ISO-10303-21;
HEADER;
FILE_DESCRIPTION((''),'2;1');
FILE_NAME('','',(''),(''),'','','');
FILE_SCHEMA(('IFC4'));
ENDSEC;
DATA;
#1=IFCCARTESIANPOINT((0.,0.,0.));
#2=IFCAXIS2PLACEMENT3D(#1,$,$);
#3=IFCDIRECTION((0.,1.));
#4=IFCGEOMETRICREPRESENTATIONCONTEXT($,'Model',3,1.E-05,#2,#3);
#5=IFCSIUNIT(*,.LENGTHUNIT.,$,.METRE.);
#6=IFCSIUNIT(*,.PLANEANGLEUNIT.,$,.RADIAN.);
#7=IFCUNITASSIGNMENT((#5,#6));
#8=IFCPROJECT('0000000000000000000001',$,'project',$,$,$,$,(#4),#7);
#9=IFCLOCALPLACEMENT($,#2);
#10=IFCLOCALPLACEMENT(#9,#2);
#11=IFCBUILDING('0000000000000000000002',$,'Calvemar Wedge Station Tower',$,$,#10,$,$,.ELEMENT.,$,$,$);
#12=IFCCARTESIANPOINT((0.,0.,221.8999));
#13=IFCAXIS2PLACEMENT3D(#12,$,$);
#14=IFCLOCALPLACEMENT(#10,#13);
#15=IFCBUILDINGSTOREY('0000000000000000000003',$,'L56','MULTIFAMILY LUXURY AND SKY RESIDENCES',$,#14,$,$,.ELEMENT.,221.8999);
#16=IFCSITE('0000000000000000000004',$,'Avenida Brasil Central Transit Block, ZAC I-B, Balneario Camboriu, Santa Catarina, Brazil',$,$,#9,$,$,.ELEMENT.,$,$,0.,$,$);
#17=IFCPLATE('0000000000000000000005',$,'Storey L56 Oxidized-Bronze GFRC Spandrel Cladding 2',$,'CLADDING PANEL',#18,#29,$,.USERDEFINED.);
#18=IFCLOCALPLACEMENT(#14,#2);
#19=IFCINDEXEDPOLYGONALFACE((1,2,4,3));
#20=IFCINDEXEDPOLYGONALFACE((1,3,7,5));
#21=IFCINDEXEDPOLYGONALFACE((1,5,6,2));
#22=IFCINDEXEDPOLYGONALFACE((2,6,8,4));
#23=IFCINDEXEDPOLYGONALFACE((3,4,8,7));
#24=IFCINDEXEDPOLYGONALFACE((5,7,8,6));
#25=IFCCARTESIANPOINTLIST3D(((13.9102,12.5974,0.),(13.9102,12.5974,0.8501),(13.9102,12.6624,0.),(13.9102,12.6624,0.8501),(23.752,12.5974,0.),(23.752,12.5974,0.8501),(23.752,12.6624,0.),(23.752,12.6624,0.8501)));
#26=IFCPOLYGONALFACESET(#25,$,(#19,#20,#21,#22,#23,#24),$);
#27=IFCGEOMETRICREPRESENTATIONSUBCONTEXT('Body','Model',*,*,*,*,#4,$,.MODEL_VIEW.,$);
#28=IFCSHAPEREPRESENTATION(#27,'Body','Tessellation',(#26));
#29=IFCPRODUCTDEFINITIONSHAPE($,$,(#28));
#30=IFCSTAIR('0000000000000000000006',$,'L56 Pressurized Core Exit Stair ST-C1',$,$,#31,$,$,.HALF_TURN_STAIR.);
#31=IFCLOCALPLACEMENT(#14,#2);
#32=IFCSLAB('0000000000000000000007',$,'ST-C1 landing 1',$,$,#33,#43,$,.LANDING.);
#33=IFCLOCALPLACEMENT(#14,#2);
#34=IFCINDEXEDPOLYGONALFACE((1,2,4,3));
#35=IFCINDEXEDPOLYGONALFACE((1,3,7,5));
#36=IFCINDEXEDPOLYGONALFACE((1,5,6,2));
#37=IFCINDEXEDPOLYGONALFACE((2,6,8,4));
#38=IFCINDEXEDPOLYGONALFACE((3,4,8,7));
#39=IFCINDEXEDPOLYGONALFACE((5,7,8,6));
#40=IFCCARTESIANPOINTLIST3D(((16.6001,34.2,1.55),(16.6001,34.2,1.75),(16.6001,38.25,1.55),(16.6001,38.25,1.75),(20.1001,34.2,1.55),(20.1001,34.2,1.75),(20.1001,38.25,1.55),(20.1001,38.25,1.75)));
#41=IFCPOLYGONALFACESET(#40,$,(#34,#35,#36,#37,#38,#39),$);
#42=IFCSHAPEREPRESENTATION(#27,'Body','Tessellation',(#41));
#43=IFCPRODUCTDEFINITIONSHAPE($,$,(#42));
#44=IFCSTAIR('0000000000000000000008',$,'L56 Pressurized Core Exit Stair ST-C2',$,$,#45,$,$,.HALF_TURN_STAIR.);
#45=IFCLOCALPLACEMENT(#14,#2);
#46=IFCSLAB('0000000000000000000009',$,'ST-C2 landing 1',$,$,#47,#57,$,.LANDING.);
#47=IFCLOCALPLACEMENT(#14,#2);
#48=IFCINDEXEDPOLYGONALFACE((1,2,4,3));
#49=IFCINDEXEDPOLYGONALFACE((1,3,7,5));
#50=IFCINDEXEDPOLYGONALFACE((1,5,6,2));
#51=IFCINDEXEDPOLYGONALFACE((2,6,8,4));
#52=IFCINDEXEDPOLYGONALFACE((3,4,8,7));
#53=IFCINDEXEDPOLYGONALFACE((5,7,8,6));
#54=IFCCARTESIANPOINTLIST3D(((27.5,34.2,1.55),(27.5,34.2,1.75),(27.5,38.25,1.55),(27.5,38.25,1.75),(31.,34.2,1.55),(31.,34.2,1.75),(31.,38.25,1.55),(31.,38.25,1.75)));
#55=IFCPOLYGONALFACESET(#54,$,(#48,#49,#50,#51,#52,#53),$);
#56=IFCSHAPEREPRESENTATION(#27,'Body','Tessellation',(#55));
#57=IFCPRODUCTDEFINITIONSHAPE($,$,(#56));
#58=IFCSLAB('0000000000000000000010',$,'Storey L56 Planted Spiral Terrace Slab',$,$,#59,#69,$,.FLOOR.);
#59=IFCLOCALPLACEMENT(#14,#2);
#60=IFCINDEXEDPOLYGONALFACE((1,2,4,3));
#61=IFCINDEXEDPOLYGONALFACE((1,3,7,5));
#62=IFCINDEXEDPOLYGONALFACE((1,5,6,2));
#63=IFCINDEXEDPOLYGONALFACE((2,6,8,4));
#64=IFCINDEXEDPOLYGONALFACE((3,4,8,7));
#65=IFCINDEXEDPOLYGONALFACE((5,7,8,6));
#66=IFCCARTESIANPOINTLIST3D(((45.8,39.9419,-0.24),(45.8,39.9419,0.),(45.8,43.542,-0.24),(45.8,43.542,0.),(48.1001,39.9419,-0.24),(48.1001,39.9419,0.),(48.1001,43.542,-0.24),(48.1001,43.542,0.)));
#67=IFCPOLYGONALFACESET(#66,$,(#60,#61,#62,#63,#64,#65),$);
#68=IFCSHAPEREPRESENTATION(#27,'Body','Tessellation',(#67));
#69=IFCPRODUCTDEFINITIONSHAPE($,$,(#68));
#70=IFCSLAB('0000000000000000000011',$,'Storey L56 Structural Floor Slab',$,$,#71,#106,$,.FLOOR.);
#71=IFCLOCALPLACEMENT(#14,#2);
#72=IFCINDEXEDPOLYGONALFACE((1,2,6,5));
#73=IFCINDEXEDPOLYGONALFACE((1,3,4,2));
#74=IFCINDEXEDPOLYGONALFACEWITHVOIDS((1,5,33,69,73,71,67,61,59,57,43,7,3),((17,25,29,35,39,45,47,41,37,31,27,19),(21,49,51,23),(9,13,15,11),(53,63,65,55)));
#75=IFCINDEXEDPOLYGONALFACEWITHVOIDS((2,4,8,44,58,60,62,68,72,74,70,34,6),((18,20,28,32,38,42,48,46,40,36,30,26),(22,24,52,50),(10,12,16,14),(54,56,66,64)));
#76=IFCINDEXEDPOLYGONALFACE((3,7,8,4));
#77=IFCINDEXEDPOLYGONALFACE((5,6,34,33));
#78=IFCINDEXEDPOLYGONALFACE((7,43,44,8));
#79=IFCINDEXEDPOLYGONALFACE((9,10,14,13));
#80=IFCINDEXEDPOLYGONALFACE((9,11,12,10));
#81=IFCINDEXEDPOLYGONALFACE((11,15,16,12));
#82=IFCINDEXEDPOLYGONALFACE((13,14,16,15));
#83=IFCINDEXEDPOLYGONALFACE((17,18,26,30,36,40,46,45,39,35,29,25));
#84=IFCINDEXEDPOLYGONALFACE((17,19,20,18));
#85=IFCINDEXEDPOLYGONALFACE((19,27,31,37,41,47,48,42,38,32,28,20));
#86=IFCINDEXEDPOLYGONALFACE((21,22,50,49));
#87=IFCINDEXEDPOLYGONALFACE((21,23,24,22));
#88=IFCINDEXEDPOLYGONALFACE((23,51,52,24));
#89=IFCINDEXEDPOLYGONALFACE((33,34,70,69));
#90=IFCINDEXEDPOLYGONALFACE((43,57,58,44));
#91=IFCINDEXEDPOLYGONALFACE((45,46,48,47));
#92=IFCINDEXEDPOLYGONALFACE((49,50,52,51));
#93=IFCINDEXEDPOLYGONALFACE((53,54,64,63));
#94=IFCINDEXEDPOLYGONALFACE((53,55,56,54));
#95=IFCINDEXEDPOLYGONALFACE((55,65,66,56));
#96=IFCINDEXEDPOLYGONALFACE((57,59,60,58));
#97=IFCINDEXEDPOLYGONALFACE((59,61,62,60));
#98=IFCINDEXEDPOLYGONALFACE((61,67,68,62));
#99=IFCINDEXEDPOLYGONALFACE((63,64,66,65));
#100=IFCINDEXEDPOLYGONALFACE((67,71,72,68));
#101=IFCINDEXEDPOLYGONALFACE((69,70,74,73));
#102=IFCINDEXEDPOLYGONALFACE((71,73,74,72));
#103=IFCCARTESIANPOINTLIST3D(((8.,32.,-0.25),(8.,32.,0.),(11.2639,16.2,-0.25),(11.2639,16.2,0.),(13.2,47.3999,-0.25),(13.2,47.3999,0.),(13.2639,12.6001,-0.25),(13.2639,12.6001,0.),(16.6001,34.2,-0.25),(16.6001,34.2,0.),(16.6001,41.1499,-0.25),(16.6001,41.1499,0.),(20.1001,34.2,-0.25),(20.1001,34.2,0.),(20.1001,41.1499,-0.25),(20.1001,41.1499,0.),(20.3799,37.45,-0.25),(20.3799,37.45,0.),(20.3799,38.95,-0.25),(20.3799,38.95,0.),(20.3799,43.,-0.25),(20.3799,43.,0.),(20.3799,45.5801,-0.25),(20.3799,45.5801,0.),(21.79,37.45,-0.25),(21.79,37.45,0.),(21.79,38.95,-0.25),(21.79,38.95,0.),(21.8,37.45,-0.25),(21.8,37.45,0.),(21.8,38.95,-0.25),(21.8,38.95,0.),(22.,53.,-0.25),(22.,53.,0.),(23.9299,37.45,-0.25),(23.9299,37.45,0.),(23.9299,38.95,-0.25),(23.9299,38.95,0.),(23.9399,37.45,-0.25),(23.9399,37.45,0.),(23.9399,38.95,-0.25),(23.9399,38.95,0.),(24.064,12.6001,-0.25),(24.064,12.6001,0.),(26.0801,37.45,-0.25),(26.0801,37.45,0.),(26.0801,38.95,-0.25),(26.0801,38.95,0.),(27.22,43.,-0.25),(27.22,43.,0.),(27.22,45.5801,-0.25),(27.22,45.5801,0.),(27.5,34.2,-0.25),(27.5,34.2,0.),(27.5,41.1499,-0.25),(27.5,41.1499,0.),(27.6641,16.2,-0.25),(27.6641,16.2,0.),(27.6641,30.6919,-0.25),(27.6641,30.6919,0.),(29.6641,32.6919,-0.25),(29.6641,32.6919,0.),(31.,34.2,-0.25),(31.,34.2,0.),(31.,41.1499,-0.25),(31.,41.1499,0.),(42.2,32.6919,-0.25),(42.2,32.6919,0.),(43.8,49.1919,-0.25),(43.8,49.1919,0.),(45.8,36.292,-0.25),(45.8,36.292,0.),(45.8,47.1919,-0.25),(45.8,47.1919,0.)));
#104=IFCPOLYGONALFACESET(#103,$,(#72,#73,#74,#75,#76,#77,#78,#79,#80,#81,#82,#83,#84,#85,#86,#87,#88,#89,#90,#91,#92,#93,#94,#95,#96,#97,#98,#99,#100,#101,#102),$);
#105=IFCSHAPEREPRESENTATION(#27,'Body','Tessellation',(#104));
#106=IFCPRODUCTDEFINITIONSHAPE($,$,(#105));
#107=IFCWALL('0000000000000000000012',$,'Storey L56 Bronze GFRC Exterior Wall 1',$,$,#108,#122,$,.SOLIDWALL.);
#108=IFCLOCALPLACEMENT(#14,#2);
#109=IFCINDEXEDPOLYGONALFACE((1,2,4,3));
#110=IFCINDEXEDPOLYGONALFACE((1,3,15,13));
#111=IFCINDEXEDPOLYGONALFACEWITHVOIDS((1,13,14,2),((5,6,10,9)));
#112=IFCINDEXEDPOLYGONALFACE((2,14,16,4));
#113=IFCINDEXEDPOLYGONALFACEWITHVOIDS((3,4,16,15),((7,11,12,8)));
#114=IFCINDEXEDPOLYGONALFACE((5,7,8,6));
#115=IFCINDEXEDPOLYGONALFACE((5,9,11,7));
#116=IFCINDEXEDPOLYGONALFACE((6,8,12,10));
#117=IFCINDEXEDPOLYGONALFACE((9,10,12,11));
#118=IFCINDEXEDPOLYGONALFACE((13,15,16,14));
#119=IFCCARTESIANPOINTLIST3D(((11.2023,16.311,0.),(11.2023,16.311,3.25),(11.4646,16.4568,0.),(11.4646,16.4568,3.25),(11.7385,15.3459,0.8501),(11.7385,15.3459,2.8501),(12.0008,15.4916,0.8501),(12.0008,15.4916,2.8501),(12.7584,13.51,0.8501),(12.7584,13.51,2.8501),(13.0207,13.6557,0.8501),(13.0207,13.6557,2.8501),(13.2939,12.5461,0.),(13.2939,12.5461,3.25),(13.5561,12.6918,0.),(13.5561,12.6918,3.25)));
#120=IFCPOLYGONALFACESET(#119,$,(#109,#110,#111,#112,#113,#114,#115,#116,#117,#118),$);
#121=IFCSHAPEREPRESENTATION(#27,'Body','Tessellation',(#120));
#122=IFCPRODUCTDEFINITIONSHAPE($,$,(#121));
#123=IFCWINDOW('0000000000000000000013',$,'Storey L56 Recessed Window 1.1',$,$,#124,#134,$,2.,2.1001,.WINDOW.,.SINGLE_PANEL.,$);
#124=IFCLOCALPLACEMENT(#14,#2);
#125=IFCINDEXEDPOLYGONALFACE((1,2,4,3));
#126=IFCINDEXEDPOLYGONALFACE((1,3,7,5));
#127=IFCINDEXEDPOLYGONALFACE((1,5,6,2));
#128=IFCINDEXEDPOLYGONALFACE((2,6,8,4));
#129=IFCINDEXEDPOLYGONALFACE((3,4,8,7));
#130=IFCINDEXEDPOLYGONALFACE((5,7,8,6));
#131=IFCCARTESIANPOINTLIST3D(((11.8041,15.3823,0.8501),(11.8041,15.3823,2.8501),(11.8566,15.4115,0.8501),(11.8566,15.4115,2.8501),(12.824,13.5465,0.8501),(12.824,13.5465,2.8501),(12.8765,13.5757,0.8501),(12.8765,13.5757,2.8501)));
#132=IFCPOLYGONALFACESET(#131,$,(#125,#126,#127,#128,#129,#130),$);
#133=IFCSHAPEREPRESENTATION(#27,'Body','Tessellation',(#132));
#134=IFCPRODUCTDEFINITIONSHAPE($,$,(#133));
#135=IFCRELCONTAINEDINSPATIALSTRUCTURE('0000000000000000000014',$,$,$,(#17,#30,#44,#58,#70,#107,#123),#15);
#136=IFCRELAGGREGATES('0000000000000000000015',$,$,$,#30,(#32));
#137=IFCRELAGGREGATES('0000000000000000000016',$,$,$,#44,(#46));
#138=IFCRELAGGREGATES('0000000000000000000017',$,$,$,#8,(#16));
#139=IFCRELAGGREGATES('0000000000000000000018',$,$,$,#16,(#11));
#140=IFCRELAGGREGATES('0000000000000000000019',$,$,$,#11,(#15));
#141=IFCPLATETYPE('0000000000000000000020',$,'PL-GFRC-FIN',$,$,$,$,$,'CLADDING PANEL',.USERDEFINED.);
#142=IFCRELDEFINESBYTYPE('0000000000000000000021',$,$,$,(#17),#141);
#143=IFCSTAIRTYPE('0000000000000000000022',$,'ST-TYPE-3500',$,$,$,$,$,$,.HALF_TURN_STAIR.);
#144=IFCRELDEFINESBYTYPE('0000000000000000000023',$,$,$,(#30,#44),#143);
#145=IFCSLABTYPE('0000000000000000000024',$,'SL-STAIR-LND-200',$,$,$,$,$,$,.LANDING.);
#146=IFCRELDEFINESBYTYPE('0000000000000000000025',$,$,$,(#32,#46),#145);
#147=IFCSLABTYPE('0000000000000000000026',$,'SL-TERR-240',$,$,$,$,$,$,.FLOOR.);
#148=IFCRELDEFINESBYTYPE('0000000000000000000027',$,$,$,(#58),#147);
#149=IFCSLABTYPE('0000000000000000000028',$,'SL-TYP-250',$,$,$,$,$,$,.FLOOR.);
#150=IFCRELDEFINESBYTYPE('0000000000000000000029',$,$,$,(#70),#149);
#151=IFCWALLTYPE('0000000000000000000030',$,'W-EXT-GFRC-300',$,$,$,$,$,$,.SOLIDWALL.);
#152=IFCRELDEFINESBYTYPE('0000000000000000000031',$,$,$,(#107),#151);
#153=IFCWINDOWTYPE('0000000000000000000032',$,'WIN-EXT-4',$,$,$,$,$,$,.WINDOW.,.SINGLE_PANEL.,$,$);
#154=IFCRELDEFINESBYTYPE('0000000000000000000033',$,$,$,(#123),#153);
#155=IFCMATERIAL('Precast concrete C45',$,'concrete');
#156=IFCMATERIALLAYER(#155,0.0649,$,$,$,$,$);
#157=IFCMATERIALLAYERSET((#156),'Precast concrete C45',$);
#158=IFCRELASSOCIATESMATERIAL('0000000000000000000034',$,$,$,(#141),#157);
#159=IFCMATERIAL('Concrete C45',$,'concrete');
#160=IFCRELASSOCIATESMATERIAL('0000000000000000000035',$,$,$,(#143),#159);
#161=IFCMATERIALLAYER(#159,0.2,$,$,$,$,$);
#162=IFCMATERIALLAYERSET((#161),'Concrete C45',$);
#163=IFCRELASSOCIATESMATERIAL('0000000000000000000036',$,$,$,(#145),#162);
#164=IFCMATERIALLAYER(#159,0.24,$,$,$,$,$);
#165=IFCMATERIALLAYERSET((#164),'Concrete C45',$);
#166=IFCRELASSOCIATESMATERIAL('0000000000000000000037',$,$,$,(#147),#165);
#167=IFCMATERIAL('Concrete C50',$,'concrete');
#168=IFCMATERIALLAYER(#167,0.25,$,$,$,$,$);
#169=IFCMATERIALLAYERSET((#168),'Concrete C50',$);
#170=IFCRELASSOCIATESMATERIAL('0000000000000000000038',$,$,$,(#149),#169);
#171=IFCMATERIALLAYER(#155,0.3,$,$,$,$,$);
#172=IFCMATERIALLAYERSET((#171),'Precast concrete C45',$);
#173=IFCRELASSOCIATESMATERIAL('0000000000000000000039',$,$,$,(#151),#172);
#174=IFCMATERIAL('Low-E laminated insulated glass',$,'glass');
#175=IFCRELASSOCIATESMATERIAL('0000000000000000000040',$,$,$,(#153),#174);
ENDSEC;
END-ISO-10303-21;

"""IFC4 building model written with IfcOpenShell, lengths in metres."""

from ifc_helpers import new_model, si_unit, direction, frame, frame_2d, origin, place, context, subcontext, project, spatial, polyline, rectangle, outline, extrude, source, transform, mapped, material, layer, layer_set, type_object, element, fill, aggregate, save


model = new_model("IFC4")

# Units and contexts
model_context = context("Model", 3, precision=1e-05, world=origin(), true_north=direction((0.0, 1.0)))
body_context = subcontext(model_context, "Body", "Model", "MODEL_VIEW")
ifc_project = project(units=[si_unit("LENGTHUNIT", "METRE"), si_unit("PLANEANGLEUNIT", "RADIAN")], contexts=[model_context])

# Site, building, storey
site_placement = place(None, origin())
site = spatial("IfcSite", under=ifc_project, at=site_placement, Name="Avenida Brasil Central Transit Block, ZAC I-B, Balneario Camboriu, Santa Catarina, Brazil", CompositionType="ELEMENT", RefElevation=0.0)
building_placement = place(site_placement, origin())
building = spatial("IfcBuilding", under=site, at=building_placement, Name="Calvemar Wedge Station Tower", CompositionType="ELEMENT")
storey_placement = place(building_placement, frame((0.0, 0.0, 221.8999)))
storey = spatial("IfcBuildingStorey", under=building, at=storey_placement, Name="L56", Description="MULTIFAMILY LUXURY AND SKY RESIDENCES", CompositionType="ELEMENT", Elevation=221.8999)

# Plate
ifc_material_1 = material(Name="Precast concrete C45", Category="concrete")
ifc_layer_1 = layer(ifc_material_1, 0.0649)
ifc_layer_set_1 = layer_set([ifc_layer_1], Name="Precast concrete C45")
plate_type = type_object("IfcPlateType", Name="PL-GFRC-FIN", ElementType="CLADDING PANEL", PredefinedType="USERDEFINED", material=ifc_layer_set_1)
plate_placement = place(storey_placement, frame((13.9102, 12.6299, 0.0), z_axis=(0.0, 0.0, 1.0), x_axis=(1.0, 0.0, 0.0)))
element("IfcPlate", 1, at=plate_placement, inside=storey, type_object=plate_type, Name="Storey L56 Oxidized-Bronze GFRC Spandrel Cladding 2", ObjectType="CLADDING PANEL", PredefinedType="USERDEFINED", context=body_context, shape_type="SweptSolid", body=[
    extrude(rectangle(XDim=9.8418, YDim=0.0649, at=frame_2d((4.9209, 0.0))), origin(), (0.0, 0.0, 1.0), 0.8501),
])

# Stairs, slabs
ifc_material_2 = material(Name="Concrete C45", Category="concrete")
stair_type = type_object("IfcStairType", Name="ST-TYPE-3500", PredefinedType="HALF_TURN_STAIR", material=ifc_material_2)
stair_1_placement = place(storey_placement, origin())
stair_1 = element("IfcStair", 2, at=stair_1_placement, inside=storey, type_object=stair_type, Name="L56 Pressurized Core Exit Stair ST-C1", PredefinedType="HALF_TURN_STAIR")
ifc_layer_2 = layer(ifc_material_2, 0.2)
ifc_layer_set_2 = layer_set([ifc_layer_2], Name="Concrete C45")
slab_type_1 = type_object("IfcSlabType", Name="SL-STAIR-LND-200", PredefinedType="LANDING", material=ifc_layer_set_2)
slab_1_placement = place(storey_placement, frame((0.0, 0.0, 1.55)))
slab_1 = element("IfcSlab", 3, at=slab_1_placement, type_object=slab_type_1, Name="ST-C1 landing 1", PredefinedType="LANDING", context=body_context, shape_type="SweptSolid", body=[
    extrude(outline(polyline([(16.6001, 38.25), (16.6001, 34.2), (20.1001, 34.2), (20.1001, 38.25), (16.6001, 38.25)])), origin(), (0.0, 0.0, 1.0), 0.2),
])
aggregate(stair_1, [slab_1])
stair_2_placement = place(storey_placement, origin())
stair_2 = element("IfcStair", 4, at=stair_2_placement, inside=storey, type_object=stair_type, Name="L56 Pressurized Core Exit Stair ST-C2", PredefinedType="HALF_TURN_STAIR")
slab_2_placement = place(storey_placement, frame((0.0, 0.0, 1.55)))
slab_2 = element("IfcSlab", 5, at=slab_2_placement, type_object=slab_type_1, Name="ST-C2 landing 1", PredefinedType="LANDING", context=body_context, shape_type="SweptSolid", body=[
    extrude(outline(polyline([(27.5, 38.25), (27.5, 34.2), (31.0, 34.2), (31.0, 38.25), (27.5, 38.25)])), origin(), (0.0, 0.0, 1.0), 0.2),
])
aggregate(stair_2, [slab_2])

# Slabs
ifc_layer_3 = layer(ifc_material_2, 0.24)
ifc_layer_set_3 = layer_set([ifc_layer_3], Name="Concrete C45")
slab_type_2 = type_object("IfcSlabType", Name="SL-TERR-240", PredefinedType="FLOOR", material=ifc_layer_set_3)
slab_3_placement = place(storey_placement, frame((0.0, 0.0, -0.24)))
element("IfcSlab", 6, at=slab_3_placement, inside=storey, type_object=slab_type_2, Name="Storey L56 Planted Spiral Terrace Slab", PredefinedType="FLOOR", context=body_context, shape_type="SweptSolid", body=[
    extrude(outline(polyline([(45.8, 39.9419), (48.1001, 39.9419), (48.1001, 43.542), (45.8, 43.542), (45.8, 39.9419)])), origin(), (0.0, 0.0, 1.0), 0.24),
])
ifc_material_3 = material(Name="Concrete C50", Category="concrete")
ifc_layer_4 = layer(ifc_material_3, 0.25)
ifc_layer_set_4 = layer_set([ifc_layer_4], Name="Concrete C50")
slab_type_3 = type_object("IfcSlabType", Name="SL-TYP-250", PredefinedType="FLOOR", material=ifc_layer_set_4)
slab_4_placement = place(storey_placement, frame((0.0, 0.0, -0.25)))
element("IfcSlab", 7, at=slab_4_placement, inside=storey, type_object=slab_type_3, Name="Storey L56 Structural Floor Slab", PredefinedType="FLOOR", context=body_context, shape_type="SweptSolid", body=[
    extrude(outline(polyline([(8.0, 32.0), (11.2639, 16.2), (13.2639, 12.6001), (24.064, 12.6001), (27.6641, 16.2), (27.6641, 30.6919), (29.6641, 32.6919), (42.2, 32.6919), (45.8, 36.292), (45.8, 47.1919), (43.8, 49.1919), (22.0, 53.0), (13.2, 47.3999), (8.0, 32.0)]), holes=[polyline([(20.1001, 34.2), (20.1001, 41.1499), (16.6001, 41.1499), (16.6001, 34.2), (20.1001, 34.2)]), polyline([(27.5, 34.2), (31.0, 34.2), (31.0, 41.1499), (27.5, 41.1499), (27.5, 34.2)]), polyline([(21.8, 37.45), (23.9299, 37.45), (23.9399, 37.45), (26.0801, 37.45), (26.0801, 38.95), (23.9399, 38.95), (23.9299, 38.95), (21.8, 38.95), (21.79, 38.95), (20.3799, 38.95), (20.3799, 37.45), (21.79, 37.45), (21.8, 37.45)]), polyline([(27.22, 43.0), (27.22, 45.5801), (20.3799, 45.5801), (20.3799, 43.0), (27.22, 43.0)])]), origin(), (0.0, 0.0, 1.0), 0.25),
])

# Wall, opening, window
ifc_layer_5 = layer(ifc_material_1, 0.3)
ifc_layer_set_5 = layer_set([ifc_layer_5], Name="Precast concrete C45")
wall_type_1 = type_object("IfcWallType", Name="W-EXT-GFRC-300", PredefinedType="SOLIDWALL", material=ifc_layer_set_5)
wall_1_placement = place(storey_placement, frame((11.3335, 16.3838, 0.0), z_axis=(0.0, 0.0, 1.0), x_axis=(0.485633, -0.874163, 0.0)))
wall_1 = element("IfcWall", 8, at=wall_1_placement, inside=storey, type_object=wall_type_1, Name="Storey L56 Bronze GFRC Exterior Wall 1", PredefinedType="SOLIDWALL", context=body_context, shape_type="SweptSolid", body=[
    extrude(rectangle(XDim=4.3069, YDim=0.3, at=frame_2d((2.1533, 0.0))), origin(), (0.0, 0.0, 1.0), 3.25),
])
shared_shape_1 = source(origin(), body_context, "Body", "SweptSolid", [
    extrude(rectangle(XDim=2.1001, YDim=2.0, at=frame_2d((1.05, 1.0))), frame((0.0, 0.1602, 0.0), z_axis=(0.0, -1.0, 0.0), x_axis=(1.0, 0.0, 0.0)), (0.0, 0.0, 1.0), 0.3201),
])
opening_1_placement = place(wall_1_placement, frame((1.104, 0.0, 0.8501)))
opening_1 = element("IfcOpeningElement", 9, at=opening_1_placement, cuts=wall_1, PredefinedType="OPENING", context=body_context, shape_type="MappedRepresentation", body=[
    mapped(shared_shape_1, transform((0.0, 0.0, 0.0), scale=1.0)),
])
ifc_material_4 = material(Name="Low-E laminated insulated glass", Category="glass")
window_type_1 = type_object("IfcWindowType", Name="WIN-EXT-4", PartitioningType="SINGLE_PANEL", PredefinedType="WINDOW", material=ifc_material_4)
shared_shape_2 = source(origin(), body_context, "Body", "SweptSolid", [
    extrude(rectangle(XDim=2.1001, YDim=2.0, at=frame_2d((1.05, 1.0))), frame((0.0, -0.0149, 0.0), z_axis=(0.0, -1.0, 0.0), x_axis=(1.0, 0.0, 0.0)), (0.0, 0.0, 1.0), 0.0601),
])
window_1_placement = place(opening_1_placement, origin())
window_1 = element("IfcWindow", 10, at=window_1_placement, inside=storey, type_object=window_type_1, Name="Storey L56 Recessed Window 1.1", OverallHeight=2.0, OverallWidth=2.1001, PartitioningType="SINGLE_PANEL", PredefinedType="WINDOW", context=body_context, shape_type="MappedRepresentation", body=[
    mapped(shared_shape_2, transform((0.0, 0.0, 0.0), scale=1.0)),
])
fill(opening_1, window_1)

save(model, "model.ifc")
